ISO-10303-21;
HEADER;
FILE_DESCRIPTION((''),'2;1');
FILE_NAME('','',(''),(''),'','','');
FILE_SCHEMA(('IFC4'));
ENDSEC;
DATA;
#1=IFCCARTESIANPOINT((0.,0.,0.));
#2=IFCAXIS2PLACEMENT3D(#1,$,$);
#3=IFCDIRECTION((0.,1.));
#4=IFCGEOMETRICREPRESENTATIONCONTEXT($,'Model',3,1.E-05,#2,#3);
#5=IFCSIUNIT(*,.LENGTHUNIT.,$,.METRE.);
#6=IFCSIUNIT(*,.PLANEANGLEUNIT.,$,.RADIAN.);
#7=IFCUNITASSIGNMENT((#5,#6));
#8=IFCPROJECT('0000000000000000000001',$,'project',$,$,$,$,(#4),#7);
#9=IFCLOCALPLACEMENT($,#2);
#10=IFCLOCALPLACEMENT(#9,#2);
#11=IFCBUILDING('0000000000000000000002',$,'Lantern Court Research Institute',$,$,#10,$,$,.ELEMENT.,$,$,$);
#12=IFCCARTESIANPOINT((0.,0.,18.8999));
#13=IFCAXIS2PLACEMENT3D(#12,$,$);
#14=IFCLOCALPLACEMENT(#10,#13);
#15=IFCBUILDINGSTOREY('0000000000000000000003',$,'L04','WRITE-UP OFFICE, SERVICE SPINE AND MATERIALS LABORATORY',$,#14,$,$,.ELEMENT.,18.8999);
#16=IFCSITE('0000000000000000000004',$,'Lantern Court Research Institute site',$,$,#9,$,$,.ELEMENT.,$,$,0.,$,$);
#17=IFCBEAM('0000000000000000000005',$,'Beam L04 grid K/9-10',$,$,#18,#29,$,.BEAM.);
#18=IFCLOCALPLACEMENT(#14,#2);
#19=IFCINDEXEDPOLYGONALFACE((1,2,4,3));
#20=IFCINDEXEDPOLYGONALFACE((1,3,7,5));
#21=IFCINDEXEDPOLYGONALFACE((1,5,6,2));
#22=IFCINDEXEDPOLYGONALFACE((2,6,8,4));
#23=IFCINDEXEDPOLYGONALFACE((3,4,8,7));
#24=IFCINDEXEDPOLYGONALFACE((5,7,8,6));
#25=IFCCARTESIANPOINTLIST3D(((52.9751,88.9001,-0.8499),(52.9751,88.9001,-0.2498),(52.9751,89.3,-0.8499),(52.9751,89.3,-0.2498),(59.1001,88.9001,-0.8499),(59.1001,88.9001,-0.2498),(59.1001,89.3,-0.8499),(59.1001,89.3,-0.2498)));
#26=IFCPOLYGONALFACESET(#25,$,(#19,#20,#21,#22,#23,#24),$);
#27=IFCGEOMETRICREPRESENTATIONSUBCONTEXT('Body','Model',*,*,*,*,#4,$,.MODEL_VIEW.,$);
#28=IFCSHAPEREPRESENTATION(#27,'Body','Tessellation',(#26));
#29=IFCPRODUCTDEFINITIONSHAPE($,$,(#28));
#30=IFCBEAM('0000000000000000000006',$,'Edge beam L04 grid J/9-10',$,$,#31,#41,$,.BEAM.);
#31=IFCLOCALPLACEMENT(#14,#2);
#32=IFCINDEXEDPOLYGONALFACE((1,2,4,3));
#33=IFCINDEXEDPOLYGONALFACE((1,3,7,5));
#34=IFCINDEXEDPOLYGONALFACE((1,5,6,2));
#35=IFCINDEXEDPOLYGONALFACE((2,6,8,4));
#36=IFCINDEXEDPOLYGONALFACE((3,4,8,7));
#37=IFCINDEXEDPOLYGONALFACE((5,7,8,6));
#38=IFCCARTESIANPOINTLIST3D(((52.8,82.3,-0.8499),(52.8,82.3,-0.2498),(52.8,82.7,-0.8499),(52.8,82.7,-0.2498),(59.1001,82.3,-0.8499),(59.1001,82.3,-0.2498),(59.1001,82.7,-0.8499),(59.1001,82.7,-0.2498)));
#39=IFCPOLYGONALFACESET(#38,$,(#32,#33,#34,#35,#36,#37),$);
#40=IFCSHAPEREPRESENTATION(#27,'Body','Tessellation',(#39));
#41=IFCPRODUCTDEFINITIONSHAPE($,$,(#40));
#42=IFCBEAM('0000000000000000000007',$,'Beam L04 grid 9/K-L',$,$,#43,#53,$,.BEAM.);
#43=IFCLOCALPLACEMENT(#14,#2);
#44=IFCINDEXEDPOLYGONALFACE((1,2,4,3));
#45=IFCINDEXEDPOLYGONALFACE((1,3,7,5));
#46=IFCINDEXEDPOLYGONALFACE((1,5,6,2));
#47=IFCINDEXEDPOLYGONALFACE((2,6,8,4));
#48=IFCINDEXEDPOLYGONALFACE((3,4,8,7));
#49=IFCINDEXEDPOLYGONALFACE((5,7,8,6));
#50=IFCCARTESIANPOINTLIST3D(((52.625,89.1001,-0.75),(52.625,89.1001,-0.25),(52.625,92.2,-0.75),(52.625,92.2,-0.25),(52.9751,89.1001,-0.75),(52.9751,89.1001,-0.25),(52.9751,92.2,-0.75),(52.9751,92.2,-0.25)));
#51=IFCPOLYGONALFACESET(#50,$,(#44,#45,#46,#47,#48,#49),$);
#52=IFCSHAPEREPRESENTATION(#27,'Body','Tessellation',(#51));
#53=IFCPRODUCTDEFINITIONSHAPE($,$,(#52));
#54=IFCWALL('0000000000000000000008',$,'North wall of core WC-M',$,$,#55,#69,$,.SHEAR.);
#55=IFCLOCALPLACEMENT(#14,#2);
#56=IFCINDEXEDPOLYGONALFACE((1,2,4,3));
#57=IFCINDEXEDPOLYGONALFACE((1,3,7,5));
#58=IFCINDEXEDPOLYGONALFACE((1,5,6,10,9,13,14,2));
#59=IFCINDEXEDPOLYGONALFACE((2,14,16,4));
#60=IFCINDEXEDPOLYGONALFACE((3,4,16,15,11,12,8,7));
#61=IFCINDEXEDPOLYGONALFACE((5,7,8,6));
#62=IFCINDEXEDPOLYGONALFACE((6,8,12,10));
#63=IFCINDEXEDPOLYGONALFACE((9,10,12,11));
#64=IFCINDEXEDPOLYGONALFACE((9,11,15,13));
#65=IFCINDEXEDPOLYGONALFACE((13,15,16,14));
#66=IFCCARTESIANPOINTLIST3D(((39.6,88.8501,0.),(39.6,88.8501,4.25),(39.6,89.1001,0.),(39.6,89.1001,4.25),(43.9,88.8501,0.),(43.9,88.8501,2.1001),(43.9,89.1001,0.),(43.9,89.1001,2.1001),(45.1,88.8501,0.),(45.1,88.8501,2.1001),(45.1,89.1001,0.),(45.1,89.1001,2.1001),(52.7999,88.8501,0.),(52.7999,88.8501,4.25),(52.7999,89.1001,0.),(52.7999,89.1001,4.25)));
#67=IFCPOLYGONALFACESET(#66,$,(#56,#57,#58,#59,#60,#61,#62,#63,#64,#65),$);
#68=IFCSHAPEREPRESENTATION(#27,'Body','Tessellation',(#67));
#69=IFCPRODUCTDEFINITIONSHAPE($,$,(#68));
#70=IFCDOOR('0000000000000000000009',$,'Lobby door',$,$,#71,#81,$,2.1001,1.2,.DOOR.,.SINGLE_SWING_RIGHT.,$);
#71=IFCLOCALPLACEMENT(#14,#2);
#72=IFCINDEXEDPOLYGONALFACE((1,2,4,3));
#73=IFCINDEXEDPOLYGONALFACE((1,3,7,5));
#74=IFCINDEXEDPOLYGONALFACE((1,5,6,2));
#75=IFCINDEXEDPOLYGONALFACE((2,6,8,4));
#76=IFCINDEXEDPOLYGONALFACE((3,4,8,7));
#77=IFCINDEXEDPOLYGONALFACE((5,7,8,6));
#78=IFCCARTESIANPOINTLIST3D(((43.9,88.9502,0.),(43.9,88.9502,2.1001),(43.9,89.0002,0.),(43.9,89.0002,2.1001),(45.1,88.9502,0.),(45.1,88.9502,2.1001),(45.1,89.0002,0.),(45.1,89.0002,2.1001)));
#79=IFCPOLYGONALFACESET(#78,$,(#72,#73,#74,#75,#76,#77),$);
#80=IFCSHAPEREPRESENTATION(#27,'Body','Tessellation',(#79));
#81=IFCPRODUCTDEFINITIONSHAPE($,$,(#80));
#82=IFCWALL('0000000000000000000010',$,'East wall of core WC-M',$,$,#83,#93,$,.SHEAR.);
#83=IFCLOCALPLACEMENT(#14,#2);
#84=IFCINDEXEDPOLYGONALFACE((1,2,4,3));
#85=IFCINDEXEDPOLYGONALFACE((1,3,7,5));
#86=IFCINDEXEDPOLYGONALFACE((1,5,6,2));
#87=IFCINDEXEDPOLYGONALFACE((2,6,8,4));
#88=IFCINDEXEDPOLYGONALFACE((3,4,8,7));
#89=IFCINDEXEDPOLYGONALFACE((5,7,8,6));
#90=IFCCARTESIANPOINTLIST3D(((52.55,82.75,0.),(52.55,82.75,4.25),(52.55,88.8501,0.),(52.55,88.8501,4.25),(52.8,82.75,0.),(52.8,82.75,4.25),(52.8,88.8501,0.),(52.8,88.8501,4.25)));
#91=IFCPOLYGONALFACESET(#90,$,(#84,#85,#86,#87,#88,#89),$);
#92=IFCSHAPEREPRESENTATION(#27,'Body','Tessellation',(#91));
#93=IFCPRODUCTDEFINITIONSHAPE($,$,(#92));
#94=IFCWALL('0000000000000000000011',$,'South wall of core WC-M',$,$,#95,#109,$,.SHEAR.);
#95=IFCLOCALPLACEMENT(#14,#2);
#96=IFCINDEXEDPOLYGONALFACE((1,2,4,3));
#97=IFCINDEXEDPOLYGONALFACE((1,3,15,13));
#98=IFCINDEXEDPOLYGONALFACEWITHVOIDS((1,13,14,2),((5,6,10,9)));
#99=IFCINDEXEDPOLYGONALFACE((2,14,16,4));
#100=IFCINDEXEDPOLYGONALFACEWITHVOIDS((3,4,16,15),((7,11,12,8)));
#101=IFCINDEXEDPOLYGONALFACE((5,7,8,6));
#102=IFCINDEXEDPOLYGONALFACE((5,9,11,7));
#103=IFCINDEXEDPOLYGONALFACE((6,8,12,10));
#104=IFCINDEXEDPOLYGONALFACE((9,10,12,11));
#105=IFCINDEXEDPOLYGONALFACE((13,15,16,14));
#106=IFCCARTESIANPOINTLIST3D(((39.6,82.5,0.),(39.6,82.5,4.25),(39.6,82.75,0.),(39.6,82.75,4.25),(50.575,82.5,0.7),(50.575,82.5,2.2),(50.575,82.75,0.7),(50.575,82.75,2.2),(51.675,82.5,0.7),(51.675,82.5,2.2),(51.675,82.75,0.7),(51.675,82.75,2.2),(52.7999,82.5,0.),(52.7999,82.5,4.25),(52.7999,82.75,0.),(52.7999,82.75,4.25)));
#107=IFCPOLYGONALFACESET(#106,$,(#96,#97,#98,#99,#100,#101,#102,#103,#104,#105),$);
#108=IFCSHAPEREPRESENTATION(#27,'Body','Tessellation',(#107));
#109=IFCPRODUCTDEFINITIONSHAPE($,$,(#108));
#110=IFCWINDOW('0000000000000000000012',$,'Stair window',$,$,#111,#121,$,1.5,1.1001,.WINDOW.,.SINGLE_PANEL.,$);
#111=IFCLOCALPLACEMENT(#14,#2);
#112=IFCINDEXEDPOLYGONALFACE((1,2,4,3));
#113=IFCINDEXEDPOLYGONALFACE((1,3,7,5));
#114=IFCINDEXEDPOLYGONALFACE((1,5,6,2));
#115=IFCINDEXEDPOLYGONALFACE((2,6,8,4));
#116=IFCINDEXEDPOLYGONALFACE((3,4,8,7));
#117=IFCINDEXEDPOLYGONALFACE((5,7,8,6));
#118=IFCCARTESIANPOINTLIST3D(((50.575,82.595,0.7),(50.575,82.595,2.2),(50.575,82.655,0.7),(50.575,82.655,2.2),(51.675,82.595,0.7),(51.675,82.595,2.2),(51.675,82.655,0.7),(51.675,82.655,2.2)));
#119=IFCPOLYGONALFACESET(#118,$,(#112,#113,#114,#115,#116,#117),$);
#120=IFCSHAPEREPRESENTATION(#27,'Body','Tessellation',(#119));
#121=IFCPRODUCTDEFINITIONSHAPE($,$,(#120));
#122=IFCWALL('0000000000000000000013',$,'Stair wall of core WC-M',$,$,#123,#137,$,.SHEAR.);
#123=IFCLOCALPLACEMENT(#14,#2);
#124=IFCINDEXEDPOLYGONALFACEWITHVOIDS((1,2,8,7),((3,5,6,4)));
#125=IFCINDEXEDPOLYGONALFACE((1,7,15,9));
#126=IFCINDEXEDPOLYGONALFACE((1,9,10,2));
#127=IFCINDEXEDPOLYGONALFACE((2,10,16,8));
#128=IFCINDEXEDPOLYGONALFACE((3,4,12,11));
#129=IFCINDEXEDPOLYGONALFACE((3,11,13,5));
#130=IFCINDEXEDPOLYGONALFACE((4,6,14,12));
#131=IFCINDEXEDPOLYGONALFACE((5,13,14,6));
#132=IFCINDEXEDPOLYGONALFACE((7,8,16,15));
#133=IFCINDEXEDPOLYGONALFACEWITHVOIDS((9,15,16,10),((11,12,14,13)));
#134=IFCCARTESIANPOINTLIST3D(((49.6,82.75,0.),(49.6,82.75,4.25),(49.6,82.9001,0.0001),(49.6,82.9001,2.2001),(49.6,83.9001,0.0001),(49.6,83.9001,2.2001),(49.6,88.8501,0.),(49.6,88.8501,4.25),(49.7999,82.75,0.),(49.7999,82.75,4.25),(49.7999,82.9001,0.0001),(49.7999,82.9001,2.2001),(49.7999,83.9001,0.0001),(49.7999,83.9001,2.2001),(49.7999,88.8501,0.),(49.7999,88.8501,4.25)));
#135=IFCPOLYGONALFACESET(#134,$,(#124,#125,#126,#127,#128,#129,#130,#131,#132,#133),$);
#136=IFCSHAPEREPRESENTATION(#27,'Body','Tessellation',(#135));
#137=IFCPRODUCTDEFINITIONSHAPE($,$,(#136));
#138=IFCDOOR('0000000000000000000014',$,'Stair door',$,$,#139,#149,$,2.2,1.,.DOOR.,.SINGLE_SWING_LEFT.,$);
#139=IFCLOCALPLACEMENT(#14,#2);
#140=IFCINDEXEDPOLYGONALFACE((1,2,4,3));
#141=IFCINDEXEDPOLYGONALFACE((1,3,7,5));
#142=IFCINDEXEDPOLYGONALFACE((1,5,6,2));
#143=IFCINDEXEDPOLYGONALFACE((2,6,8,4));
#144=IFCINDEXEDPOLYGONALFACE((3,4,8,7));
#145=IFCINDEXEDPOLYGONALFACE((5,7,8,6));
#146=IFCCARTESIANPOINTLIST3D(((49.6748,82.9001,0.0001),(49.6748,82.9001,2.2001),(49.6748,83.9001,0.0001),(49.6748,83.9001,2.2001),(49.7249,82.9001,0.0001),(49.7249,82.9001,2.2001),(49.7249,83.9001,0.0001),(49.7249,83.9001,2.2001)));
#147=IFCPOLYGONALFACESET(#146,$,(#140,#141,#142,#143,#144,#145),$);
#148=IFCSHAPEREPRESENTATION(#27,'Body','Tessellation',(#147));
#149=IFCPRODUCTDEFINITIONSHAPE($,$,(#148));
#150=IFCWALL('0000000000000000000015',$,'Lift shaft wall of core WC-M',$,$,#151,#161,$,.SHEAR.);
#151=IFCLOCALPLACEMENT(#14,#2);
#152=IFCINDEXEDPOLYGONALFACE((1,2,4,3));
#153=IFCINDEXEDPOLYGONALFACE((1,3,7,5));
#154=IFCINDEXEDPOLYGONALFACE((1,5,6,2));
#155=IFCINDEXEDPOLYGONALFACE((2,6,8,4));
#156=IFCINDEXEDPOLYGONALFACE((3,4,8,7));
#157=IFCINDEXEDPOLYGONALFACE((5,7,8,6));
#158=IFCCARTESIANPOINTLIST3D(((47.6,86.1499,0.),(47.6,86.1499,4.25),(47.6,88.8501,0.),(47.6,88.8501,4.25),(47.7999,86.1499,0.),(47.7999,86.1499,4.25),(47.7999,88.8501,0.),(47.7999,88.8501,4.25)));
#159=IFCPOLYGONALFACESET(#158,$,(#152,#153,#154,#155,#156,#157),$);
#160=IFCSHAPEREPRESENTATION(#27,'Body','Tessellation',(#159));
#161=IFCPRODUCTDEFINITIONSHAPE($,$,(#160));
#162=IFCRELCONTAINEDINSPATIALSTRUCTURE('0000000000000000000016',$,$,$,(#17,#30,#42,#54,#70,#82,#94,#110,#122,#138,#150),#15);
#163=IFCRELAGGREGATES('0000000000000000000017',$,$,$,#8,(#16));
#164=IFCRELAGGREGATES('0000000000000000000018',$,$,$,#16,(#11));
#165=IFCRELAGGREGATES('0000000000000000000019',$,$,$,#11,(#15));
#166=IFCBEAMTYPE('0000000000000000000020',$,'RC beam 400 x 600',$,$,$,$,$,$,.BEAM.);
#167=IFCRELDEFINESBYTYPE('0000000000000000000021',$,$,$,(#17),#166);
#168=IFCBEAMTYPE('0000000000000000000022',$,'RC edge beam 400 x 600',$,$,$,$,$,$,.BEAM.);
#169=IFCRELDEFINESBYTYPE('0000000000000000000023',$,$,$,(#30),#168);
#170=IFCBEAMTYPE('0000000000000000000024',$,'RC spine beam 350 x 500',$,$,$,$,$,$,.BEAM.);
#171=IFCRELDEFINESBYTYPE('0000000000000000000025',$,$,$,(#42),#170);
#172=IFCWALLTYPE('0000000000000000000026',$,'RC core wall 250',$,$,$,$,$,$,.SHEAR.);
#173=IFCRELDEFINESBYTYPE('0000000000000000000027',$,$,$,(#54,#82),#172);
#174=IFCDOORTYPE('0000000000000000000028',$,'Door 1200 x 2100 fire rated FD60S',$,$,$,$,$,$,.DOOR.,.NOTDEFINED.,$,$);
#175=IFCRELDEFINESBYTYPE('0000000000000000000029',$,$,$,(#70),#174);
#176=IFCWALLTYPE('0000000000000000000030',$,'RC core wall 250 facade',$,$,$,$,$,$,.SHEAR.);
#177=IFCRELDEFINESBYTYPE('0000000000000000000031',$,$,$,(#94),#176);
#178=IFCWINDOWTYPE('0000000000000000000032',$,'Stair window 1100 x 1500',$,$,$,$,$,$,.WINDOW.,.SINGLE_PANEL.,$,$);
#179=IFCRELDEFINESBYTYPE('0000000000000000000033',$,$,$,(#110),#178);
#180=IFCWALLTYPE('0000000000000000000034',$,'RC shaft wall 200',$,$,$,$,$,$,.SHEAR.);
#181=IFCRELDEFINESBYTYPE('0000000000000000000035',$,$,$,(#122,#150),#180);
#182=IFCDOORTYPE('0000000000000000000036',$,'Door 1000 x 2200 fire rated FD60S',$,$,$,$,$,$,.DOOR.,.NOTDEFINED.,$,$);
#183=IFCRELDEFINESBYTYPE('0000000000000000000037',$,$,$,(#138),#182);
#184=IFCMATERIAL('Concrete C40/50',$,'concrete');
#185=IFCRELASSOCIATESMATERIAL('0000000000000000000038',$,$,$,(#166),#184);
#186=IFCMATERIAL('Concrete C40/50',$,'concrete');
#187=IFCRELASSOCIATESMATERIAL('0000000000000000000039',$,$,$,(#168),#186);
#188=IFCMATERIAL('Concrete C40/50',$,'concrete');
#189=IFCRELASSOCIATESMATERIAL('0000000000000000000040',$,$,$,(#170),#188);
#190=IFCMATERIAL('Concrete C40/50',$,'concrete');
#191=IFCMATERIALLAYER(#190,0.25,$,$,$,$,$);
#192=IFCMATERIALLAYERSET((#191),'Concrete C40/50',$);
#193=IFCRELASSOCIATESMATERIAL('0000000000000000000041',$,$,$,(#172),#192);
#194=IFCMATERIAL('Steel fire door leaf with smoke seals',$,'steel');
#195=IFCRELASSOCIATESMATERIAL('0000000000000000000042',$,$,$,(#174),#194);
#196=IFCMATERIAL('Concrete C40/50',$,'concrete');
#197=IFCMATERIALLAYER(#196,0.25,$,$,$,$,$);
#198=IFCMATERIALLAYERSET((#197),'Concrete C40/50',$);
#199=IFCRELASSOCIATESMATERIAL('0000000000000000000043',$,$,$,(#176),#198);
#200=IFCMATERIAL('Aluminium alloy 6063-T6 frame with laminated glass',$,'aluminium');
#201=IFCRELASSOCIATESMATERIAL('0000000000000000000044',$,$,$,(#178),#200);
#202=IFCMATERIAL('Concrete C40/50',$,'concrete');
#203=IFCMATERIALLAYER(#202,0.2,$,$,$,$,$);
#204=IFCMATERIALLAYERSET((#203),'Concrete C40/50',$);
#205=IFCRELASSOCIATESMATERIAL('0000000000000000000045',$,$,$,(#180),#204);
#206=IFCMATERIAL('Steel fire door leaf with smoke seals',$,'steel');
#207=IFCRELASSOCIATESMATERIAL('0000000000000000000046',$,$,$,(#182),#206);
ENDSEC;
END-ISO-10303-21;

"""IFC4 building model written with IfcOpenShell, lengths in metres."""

from ifc_helpers import new_model, si_unit, direction, frame, frame_2d, origin, origin_2d, place, context, subcontext, project, spatial, rectangle, extrude, material, layer, layer_set, material_profile, profile_set, type_object, element, fill, save


model = new_model("IFC4")

# Units and contexts
model_context = context("Model", 3, precision=1e-05, world=origin(), true_north=direction((0.0, 1.0)))
body_context = subcontext(model_context, "Body", "Model", "MODEL_VIEW")
ifc_project = project(units=[si_unit("LENGTHUNIT", "METRE"), si_unit("PLANEANGLEUNIT", "RADIAN")], contexts=[model_context])

# Site, building, storey
site_placement = place(None, origin())
site = spatial("IfcSite", under=ifc_project, at=site_placement, Name="Lantern Court Research Institute site", CompositionType="ELEMENT", RefElevation=0.0)
building_placement = place(site_placement, origin())
building = spatial("IfcBuilding", under=site, at=building_placement, Name="Lantern Court Research Institute", CompositionType="ELEMENT")
storey_placement = place(building_placement, frame((0.0, 0.0, 18.8999)))
storey = spatial("IfcBuildingStorey", under=building, at=storey_placement, Name="L04", Description="WRITE-UP OFFICE, SERVICE SPINE AND MATERIALS LABORATORY", CompositionType="ELEMENT", Elevation=18.8999)

# Beams
ifc_material_1 = material(Name="Concrete C40/50", Category="concrete")
ifc_material_profile_1 = material_profile(ifc_material_1, rectangle(XDim=0.3999, YDim=0.6001, at=origin_2d()), Name="RC beam 400 x 600")
ifc_profile_set_1 = profile_set([ifc_material_profile_1], Name="Concrete C40/50")
beam_type_1 = type_object("IfcBeamType", Name="RC beam 400 x 600", PredefinedType="BEAM", material=ifc_profile_set_1)
beam_1_placement = place(storey_placement, frame((52.9751, 89.1001, -0.5498), z_axis=(1.0, 0.0, 0.0), x_axis=(0.0, 1.0, 0.0)))
element("IfcBeam", 1, at=beam_1_placement, inside=storey, type_object=beam_type_1, Name="Beam L04 grid K/9-10", PredefinedType="BEAM", context=body_context, shape_type="SweptSolid", body=[
    extrude(rectangle(XDim=0.3999, YDim=0.6001, at=origin_2d()), origin(), (0.0, 0.0, 1.0), 6.125),
])
ifc_material_2 = material(Name="Concrete C40/50", Category="concrete")
ifc_material_profile_2 = material_profile(ifc_material_2, rectangle(XDim=0.3999, YDim=0.6001, at=origin_2d()), Name="RC beam 400 x 600")
ifc_profile_set_2 = profile_set([ifc_material_profile_2], Name="Concrete C40/50")
beam_type_2 = type_object("IfcBeamType", Name="RC edge beam 400 x 600", PredefinedType="BEAM", material=ifc_profile_set_2)
beam_2_placement = place(storey_placement, frame((52.8, 82.5, -0.5498), z_axis=(1.0, 0.0, 0.0), x_axis=(0.0, 1.0, 0.0)))
element("IfcBeam", 2, at=beam_2_placement, inside=storey, type_object=beam_type_2, Name="Edge beam L04 grid J/9-10", PredefinedType="BEAM", context=body_context, shape_type="SweptSolid", body=[
    extrude(rectangle(XDim=0.3999, YDim=0.6001, at=origin_2d()), origin(), (0.0, 0.0, 1.0), 6.3),
])
ifc_material_3 = material(Name="Concrete C40/50", Category="concrete")
ifc_material_profile_3 = material_profile(ifc_material_3, rectangle(XDim=0.3501, YDim=0.5, at=origin_2d()), Name="RC beam 350 x 500")
ifc_profile_set_3 = profile_set([ifc_material_profile_3], Name="Concrete C40/50")
beam_type_3 = type_object("IfcBeamType", Name="RC spine beam 350 x 500", PredefinedType="BEAM", material=ifc_profile_set_3)
beam_3_placement = place(storey_placement, frame((52.8, 89.1001, -0.5), z_axis=(0.0, 1.0, 0.0), x_axis=(-1.0, 0.0, 0.0)))
element("IfcBeam", 3, at=beam_3_placement, inside=storey, type_object=beam_type_3, Name="Beam L04 grid 9/K-L", PredefinedType="BEAM", context=body_context, shape_type="SweptSolid", body=[
    extrude(rectangle(XDim=0.3501, YDim=0.5, at=origin_2d()), origin(), (0.0, 0.0, 1.0), 3.0999),
])

# Wall, opening, door
ifc_material_4 = material(Name="Concrete C40/50", Category="concrete")
ifc_layer_1 = layer(ifc_material_4, 0.25)
ifc_layer_set_1 = layer_set([ifc_layer_1], Name="Concrete C40/50")
wall_type_1 = type_object("IfcWallType", Name="RC core wall 250", PredefinedType="SHEAR", material=ifc_layer_set_1)
wall_1_placement = place(storey_placement, frame((52.8, 88.9751, 0.0), z_axis=(0.0, 0.0, 1.0), x_axis=(-1.0, 0.0, 0.0)))
wall_1 = element("IfcWall", 4, at=wall_1_placement, inside=storey, type_object=wall_type_1, Name="North wall of core WC-M", PredefinedType="SHEAR", context=body_context, shape_type="SweptSolid", body=[
    extrude(rectangle(XDim=13.2, YDim=0.25, at=frame_2d((6.6001, 0.0))), origin(), (0.0, 0.0, 1.0), 4.25),
])
opening_1_placement = place(wall_1_placement, frame((7.7, 0.0, 0.0)))
opening_1 = element("IfcOpeningElement", 5, at=opening_1_placement, cuts=wall_1, PredefinedType="OPENING", context=body_context, shape_type="SweptSolid", body=[
    extrude(rectangle(XDim=1.2, YDim=2.1001, at=frame_2d((0.6001, 1.05))), frame((0.0, 0.135, 0.0), z_axis=(0.0, -1.0, 0.0), x_axis=(1.0, 0.0, 0.0)), (0.0, 0.0, 1.0), 0.27),
])
ifc_material_5 = material(Name="Steel fire door leaf with smoke seals", Category="steel")
door_type_1 = type_object("IfcDoorType", Name="Door 1200 x 2100 fire rated FD60S", OperationType="NOTDEFINED", PredefinedType="DOOR", material=ifc_material_5)
door_1_placement = place(opening_1_placement, origin())
door_1 = element("IfcDoor", 6, at=door_1_placement, inside=storey, type_object=door_type_1, Name="Lobby door", OperationType="SINGLE_SWING_RIGHT", OverallHeight=2.1001, OverallWidth=1.2, PredefinedType="DOOR", context=body_context, shape_type="SweptSolid", body=[
    extrude(rectangle(XDim=1.2, YDim=2.1001, at=frame_2d((0.6001, 1.05))), frame((0.0, 0.0249, 0.0), z_axis=(0.0, -1.0, 0.0), x_axis=(1.0, 0.0, 0.0)), (0.0, 0.0, 1.0), 0.05),
])
fill(opening_1, door_1)

# Wall
wall_2_placement = place(storey_placement, frame((52.675, 88.8501, 0.0), z_axis=(0.0, 0.0, 1.0), x_axis=(0.0, -1.0, 0.0)))
element("IfcWall", 7, at=wall_2_placement, inside=storey, type_object=wall_type_1, Name="East wall of core WC-M", PredefinedType="SHEAR", context=body_context, shape_type="SweptSolid", body=[
    extrude(rectangle(XDim=6.1001, YDim=0.25, at=frame_2d((3.05, 0.0))), origin(), (0.0, 0.0, 1.0), 4.25),
])

# Wall, opening, window
ifc_material_6 = material(Name="Concrete C40/50", Category="concrete")
ifc_layer_2 = layer(ifc_material_6, 0.25)
ifc_layer_set_2 = layer_set([ifc_layer_2], Name="Concrete C40/50")
wall_type_2 = type_object("IfcWallType", Name="RC core wall 250 facade", PredefinedType="SHEAR", material=ifc_layer_set_2)
wall_3_placement = place(storey_placement, frame((52.8, 82.625, 0.0), z_axis=(0.0, 0.0, 1.0), x_axis=(-1.0, 0.0, 0.0)))
wall_3 = element("IfcWall", 8, at=wall_3_placement, inside=storey, type_object=wall_type_2, Name="South wall of core WC-M", PredefinedType="SHEAR", context=body_context, shape_type="SweptSolid", body=[
    extrude(rectangle(XDim=13.2, YDim=0.25, at=frame_2d((6.6001, 0.0))), origin(), (0.0, 0.0, 1.0), 4.25),
])
opening_2_placement = place(wall_3_placement, frame((1.125, 0.0, 0.7)))
opening_2 = element("IfcOpeningElement", 9, at=opening_2_placement, cuts=wall_3, PredefinedType="OPENING", context=body_context, shape_type="SweptSolid", body=[
    extrude(rectangle(XDim=1.1001, YDim=1.5, at=frame_2d((0.55, 0.75))), frame((0.0, 0.135, 0.0), z_axis=(0.0, -1.0, 0.0), x_axis=(1.0, 0.0, 0.0)), (0.0, 0.0, 1.0), 0.27),
])
ifc_material_7 = material(Name="Aluminium alloy 6063-T6 frame with laminated glass", Category="aluminium")
window_type = type_object("IfcWindowType", Name="Stair window 1100 x 1500", PartitioningType="SINGLE_PANEL", PredefinedType="WINDOW", material=ifc_material_7)
window_placement = place(opening_2_placement, origin())
window = element("IfcWindow", 10, at=window_placement, inside=storey, type_object=window_type, Name="Stair window", OverallHeight=1.5, OverallWidth=1.1001, PartitioningType="SINGLE_PANEL", PredefinedType="WINDOW", context=body_context, shape_type="SweptSolid", body=[
    extrude(rectangle(XDim=1.1001, YDim=1.5, at=frame_2d((0.55, 0.75))), frame((0.0, 0.03, 0.0), z_axis=(0.0, -1.0, 0.0), x_axis=(1.0, 0.0, 0.0)), (0.0, 0.0, 1.0), 0.0601),
])
fill(opening_2, window)

# Wall, opening, door
ifc_material_8 = material(Name="Concrete C40/50", Category="concrete")
ifc_layer_3 = layer(ifc_material_8, 0.2)
ifc_layer_set_3 = layer_set([ifc_layer_3], Name="Concrete C40/50")
wall_type_3 = type_object("IfcWallType", Name="RC shaft wall 200", PredefinedType="SHEAR", material=ifc_layer_set_3)
wall_4_placement = place(storey_placement, frame((49.7, 88.8501, 0.0), z_axis=(0.0, 0.0, 1.0), x_axis=(0.0, -1.0, 0.0)))
wall_4 = element("IfcWall", 11, at=wall_4_placement, inside=storey, type_object=wall_type_3, Name="Stair wall of core WC-M", PredefinedType="SHEAR", context=body_context, shape_type="SweptSolid", body=[
    extrude(rectangle(XDim=6.1001, YDim=0.2, at=frame_2d((3.05, 0.0))), origin(), (0.0, 0.0, 1.0), 4.25),
])
opening_3_placement = place(wall_4_placement, frame((4.95, 0.0, 0.0)))
opening_3 = element("IfcOpeningElement", 12, at=opening_3_placement, cuts=wall_4, PredefinedType="OPENING", context=body_context, shape_type="SweptSolid", body=[
    extrude(rectangle(XDim=1.0, YDim=2.2, at=frame_2d((0.5, 1.1001))), frame((0.0, 0.1099, 0.0), z_axis=(0.0, -1.0, 0.0), x_axis=(1.0, 0.0, 0.0)), (0.0, 0.0, 1.0), 0.22),
])
ifc_material_9 = material(Name="Steel fire door leaf with smoke seals", Category="steel")
door_type_2 = type_object("IfcDoorType", Name="Door 1000 x 2200 fire rated FD60S", OperationType="NOTDEFINED", PredefinedType="DOOR", material=ifc_material_9)
door_2_placement = place(opening_3_placement, origin())
door_2 = element("IfcDoor", 13, at=door_2_placement, inside=storey, type_object=door_type_2, Name="Stair door", OperationType="SINGLE_SWING_LEFT", OverallHeight=2.2, OverallWidth=1.0, PredefinedType="DOOR", context=body_context, shape_type="SweptSolid", body=[
    extrude(rectangle(XDim=1.0, YDim=2.2, at=frame_2d((0.5, 1.1001))), frame((0.0, 0.0249, 0.0), z_axis=(0.0, -1.0, 0.0), x_axis=(1.0, 0.0, 0.0)), (0.0, 0.0, 1.0), 0.05),
])
fill(opening_3, door_2)

# Wall
wall_5_placement = place(storey_placement, frame((47.7, 88.8501, 0.0), z_axis=(0.0, 0.0, 1.0), x_axis=(0.0, -1.0, 0.0)))
element("IfcWall", 14, at=wall_5_placement, inside=storey, type_object=wall_type_3, Name="Lift shaft wall of core WC-M", PredefinedType="SHEAR", context=body_context, shape_type="SweptSolid", body=[
    extrude(rectangle(XDim=2.7002, YDim=0.2, at=frame_2d((1.3501, 0.0))), origin(), (0.0, 0.0, 1.0), 4.25),
])

save(model, "model.ifc")
